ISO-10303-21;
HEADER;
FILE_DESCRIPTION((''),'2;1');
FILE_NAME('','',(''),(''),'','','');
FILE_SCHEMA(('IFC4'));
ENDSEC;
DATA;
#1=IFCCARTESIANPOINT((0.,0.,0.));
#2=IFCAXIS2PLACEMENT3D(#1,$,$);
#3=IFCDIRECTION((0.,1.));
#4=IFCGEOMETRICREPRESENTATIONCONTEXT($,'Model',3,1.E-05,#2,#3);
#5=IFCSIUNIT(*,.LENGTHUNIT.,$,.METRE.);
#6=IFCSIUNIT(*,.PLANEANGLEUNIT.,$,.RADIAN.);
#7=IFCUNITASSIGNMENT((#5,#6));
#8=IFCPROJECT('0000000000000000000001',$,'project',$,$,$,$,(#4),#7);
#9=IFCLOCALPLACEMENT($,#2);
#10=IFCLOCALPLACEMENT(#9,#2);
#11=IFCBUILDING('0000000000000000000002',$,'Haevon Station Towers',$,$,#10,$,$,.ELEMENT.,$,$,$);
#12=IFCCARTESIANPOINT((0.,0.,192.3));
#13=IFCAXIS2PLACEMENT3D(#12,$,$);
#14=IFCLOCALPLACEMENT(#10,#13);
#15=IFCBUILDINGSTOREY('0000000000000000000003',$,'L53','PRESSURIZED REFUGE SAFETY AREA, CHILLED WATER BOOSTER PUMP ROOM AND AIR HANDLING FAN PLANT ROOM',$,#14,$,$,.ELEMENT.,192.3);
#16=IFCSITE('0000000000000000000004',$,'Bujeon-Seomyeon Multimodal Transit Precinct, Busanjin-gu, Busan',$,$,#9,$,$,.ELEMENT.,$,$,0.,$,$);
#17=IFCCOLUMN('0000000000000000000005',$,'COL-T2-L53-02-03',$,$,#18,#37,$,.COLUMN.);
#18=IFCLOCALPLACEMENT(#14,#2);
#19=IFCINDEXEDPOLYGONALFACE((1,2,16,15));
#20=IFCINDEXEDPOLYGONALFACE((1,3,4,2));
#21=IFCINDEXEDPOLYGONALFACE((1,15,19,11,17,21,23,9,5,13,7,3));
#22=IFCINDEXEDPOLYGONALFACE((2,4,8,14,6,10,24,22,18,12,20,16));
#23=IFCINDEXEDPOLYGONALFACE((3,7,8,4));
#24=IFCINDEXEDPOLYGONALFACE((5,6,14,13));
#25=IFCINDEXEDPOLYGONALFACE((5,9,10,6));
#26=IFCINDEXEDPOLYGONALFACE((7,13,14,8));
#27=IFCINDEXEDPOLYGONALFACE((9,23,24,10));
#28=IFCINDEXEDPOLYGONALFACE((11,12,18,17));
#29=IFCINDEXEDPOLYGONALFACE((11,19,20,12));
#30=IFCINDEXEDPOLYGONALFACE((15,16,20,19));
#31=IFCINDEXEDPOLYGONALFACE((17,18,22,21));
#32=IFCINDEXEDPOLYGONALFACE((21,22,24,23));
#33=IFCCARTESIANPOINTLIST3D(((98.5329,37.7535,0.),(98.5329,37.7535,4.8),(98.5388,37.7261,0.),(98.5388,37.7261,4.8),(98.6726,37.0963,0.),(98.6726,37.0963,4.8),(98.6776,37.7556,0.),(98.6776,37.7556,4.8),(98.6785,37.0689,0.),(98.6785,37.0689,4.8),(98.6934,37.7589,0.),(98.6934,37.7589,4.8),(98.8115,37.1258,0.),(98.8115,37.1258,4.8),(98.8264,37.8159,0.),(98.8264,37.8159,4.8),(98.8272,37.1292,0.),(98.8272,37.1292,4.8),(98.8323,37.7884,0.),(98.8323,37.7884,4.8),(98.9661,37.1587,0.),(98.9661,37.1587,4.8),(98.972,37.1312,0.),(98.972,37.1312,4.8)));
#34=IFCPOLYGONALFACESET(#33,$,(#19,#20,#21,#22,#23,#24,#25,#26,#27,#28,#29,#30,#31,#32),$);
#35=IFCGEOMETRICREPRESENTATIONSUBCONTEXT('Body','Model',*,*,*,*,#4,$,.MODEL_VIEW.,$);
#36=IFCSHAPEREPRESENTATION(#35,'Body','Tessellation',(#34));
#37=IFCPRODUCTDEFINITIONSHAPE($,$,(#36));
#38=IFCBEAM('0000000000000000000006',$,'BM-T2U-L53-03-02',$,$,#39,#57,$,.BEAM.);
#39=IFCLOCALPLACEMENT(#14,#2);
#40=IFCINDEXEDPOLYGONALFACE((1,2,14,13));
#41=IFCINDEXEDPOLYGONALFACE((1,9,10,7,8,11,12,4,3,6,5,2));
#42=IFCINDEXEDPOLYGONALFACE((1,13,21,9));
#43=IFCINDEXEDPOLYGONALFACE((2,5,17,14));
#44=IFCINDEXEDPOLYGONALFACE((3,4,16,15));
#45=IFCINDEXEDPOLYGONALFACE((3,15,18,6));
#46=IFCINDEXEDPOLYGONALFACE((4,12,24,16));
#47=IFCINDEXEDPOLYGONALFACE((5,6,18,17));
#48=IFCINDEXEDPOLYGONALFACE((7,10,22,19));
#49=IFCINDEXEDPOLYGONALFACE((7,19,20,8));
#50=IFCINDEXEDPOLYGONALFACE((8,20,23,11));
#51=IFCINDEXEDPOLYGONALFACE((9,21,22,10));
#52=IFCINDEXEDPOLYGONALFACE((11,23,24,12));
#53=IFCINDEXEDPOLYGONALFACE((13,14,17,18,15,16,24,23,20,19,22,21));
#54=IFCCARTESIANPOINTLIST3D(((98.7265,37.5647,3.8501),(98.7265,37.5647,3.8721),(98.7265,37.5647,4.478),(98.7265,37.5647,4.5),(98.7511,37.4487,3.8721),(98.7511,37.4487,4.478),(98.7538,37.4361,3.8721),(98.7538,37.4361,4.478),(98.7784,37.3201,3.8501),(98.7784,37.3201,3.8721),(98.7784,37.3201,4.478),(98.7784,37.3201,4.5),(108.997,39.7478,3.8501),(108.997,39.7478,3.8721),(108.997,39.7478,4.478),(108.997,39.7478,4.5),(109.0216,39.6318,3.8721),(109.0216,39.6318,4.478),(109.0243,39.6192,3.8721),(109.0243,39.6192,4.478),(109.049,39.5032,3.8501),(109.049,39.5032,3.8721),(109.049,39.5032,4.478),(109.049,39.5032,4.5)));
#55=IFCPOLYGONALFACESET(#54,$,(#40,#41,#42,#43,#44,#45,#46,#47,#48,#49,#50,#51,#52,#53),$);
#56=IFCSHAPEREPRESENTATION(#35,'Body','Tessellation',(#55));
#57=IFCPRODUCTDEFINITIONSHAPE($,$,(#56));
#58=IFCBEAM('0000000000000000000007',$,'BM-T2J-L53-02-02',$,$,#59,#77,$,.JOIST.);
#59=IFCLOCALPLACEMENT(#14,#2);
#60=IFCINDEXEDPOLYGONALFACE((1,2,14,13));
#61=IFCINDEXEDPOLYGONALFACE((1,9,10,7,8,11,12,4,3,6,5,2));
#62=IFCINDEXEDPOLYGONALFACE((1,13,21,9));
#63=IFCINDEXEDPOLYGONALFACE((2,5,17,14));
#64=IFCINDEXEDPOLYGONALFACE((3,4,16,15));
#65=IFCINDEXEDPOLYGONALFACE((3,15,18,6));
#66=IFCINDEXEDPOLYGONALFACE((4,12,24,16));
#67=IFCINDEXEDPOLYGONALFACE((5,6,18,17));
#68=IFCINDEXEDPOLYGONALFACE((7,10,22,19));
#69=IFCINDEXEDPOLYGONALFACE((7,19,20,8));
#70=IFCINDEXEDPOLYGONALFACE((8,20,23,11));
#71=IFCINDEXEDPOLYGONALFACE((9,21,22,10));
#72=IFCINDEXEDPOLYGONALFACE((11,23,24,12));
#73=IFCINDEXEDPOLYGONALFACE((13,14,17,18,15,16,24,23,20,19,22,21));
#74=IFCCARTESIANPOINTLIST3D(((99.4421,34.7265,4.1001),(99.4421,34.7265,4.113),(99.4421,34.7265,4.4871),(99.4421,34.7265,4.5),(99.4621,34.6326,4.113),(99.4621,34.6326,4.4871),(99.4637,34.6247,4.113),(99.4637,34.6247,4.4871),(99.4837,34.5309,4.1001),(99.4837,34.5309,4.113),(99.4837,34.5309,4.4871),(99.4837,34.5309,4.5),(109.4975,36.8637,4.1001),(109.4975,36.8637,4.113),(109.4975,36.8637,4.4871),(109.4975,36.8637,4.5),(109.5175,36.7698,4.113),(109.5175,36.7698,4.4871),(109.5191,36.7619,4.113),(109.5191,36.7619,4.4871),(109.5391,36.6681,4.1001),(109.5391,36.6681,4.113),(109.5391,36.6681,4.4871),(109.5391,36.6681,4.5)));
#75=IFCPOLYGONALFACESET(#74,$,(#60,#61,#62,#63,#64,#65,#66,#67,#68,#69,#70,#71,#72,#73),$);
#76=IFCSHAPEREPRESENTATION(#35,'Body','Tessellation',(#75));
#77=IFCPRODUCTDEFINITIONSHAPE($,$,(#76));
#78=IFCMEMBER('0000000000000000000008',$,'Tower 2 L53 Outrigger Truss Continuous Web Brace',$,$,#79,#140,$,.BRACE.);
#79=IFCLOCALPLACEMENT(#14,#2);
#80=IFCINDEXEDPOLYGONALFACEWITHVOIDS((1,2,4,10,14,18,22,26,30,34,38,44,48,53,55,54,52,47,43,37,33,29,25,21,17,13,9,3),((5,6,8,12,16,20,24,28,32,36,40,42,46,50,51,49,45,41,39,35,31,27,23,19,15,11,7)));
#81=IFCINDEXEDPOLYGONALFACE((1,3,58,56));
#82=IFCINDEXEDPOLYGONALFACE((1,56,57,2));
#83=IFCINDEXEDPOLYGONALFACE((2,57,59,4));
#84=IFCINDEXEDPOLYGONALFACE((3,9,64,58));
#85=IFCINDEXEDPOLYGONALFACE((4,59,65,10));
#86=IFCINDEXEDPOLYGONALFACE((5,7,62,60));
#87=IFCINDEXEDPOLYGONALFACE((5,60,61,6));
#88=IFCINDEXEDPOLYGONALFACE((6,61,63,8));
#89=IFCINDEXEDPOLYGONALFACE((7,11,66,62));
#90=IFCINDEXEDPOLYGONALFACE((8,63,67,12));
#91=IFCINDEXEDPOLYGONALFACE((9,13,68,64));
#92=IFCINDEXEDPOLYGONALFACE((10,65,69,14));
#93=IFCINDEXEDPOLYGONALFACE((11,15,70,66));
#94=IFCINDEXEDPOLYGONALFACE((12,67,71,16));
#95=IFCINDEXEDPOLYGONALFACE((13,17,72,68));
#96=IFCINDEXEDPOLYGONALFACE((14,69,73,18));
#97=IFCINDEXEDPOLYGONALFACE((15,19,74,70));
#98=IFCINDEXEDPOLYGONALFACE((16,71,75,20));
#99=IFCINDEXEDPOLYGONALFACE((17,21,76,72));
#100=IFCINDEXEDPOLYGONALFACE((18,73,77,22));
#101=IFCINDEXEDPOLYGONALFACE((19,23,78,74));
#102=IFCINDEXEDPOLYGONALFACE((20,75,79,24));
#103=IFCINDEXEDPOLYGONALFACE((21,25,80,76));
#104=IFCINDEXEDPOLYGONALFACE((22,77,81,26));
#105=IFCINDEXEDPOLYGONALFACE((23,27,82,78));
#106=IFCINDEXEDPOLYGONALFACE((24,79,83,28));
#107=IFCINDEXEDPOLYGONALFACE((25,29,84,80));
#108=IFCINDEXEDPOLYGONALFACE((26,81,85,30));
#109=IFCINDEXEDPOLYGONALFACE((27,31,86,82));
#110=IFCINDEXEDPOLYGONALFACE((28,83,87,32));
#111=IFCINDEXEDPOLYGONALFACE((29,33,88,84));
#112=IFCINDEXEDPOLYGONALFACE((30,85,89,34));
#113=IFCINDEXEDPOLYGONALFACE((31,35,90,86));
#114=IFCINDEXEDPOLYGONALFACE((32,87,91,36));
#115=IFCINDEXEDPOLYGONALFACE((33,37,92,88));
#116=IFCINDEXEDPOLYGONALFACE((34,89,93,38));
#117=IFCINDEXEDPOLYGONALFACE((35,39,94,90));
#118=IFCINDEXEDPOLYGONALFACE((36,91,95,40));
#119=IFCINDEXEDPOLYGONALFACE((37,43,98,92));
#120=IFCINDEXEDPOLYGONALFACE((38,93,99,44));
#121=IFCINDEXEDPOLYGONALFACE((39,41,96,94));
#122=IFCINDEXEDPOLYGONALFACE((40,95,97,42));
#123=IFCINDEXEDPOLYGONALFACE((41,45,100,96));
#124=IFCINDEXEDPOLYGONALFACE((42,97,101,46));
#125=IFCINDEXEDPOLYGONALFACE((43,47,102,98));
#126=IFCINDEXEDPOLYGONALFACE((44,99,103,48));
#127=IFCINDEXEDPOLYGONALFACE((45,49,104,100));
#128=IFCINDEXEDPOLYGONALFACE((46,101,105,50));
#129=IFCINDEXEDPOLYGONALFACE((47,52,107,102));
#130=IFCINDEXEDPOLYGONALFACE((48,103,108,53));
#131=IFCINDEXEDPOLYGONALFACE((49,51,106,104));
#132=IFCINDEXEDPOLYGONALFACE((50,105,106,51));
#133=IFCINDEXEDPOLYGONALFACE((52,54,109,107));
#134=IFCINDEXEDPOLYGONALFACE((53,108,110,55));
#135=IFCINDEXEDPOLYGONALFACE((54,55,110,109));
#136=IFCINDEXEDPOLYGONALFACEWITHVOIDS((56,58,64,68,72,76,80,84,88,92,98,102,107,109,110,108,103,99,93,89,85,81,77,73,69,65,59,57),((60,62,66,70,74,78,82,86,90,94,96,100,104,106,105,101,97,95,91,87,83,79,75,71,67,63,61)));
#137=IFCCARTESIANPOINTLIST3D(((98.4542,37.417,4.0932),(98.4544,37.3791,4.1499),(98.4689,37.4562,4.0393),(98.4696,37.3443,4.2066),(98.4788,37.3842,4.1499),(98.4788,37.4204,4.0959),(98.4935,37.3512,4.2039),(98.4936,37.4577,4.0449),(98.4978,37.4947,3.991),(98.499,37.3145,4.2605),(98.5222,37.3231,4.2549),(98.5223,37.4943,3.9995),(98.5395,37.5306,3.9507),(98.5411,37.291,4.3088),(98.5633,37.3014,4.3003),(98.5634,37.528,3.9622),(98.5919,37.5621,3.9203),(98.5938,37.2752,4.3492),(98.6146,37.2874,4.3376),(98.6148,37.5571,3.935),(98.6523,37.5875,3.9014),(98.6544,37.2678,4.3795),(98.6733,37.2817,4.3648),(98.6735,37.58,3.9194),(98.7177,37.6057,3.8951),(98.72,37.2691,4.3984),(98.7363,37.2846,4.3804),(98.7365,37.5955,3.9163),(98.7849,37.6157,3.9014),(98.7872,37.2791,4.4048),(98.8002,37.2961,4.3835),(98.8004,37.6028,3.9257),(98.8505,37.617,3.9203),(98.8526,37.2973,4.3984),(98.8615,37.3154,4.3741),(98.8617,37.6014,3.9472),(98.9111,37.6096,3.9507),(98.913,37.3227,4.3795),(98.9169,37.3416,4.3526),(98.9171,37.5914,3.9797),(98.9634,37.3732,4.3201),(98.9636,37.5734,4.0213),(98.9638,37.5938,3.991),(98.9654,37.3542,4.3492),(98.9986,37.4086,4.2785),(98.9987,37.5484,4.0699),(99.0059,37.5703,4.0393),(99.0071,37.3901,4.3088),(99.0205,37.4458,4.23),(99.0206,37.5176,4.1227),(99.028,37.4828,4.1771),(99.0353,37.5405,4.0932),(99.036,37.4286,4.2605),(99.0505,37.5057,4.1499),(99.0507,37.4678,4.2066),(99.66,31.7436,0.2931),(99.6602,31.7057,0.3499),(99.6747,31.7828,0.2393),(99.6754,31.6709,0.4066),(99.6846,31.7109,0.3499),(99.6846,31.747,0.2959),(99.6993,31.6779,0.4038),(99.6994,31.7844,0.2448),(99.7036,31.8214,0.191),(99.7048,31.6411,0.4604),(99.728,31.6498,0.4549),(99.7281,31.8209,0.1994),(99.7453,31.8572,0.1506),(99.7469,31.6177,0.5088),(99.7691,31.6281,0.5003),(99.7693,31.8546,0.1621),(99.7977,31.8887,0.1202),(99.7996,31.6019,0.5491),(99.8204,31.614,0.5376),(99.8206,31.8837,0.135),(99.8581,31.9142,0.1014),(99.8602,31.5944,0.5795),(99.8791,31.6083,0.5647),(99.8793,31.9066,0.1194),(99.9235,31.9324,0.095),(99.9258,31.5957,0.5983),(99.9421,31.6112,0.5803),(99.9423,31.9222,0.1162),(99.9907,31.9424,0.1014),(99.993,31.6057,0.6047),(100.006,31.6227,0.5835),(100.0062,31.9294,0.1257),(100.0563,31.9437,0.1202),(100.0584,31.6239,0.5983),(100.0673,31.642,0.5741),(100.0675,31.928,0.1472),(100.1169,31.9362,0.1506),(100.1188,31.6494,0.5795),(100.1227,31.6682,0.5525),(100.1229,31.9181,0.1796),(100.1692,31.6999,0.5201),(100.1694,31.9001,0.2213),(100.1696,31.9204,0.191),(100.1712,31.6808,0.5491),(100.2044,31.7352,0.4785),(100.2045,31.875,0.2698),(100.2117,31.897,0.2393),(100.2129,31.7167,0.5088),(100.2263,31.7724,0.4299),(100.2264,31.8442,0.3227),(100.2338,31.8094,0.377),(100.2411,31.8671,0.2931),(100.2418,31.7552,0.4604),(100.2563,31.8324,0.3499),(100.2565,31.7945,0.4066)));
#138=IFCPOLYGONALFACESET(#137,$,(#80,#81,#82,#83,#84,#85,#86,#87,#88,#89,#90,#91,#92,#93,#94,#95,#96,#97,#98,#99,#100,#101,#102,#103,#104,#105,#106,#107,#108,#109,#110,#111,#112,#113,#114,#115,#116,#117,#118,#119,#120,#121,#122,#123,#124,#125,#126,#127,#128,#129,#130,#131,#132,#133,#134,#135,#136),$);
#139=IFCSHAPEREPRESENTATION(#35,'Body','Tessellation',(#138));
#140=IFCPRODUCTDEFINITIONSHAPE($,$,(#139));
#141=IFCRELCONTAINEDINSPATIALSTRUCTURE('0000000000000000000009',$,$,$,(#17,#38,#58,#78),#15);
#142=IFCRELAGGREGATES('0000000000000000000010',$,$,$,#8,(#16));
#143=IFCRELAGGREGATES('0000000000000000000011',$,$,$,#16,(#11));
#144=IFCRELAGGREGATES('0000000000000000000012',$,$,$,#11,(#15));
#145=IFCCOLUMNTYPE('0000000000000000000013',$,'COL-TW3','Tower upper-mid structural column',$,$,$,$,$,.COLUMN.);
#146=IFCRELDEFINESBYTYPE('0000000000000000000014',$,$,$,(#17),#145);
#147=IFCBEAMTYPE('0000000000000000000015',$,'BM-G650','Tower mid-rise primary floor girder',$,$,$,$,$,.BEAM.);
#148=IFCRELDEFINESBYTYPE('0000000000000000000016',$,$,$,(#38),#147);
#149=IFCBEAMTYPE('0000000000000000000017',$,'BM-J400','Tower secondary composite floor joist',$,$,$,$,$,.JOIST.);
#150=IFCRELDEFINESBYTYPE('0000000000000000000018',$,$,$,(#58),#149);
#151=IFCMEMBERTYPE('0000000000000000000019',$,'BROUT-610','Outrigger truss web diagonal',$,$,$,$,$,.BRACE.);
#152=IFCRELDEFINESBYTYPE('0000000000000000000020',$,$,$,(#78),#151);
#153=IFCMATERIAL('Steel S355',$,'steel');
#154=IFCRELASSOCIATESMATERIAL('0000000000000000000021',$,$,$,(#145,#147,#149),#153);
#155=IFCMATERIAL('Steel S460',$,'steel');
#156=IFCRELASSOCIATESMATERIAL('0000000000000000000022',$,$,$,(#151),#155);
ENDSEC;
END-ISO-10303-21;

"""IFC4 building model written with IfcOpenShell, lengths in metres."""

from ifc_helpers import new_model, si_unit, direction, frame, origin, origin_2d, place, context, subcontext, project, spatial, hollow_circle, i_section, extrude, material, material_profile, profile_set, type_object, element, save


model = new_model("IFC4")

# Units and contexts
model_context = context("Model", 3, precision=1e-05, world=origin(), true_north=direction((0.0, 1.0)))
body_context = subcontext(model_context, "Body", "Model", "MODEL_VIEW")
ifc_project = project(units=[si_unit("LENGTHUNIT", "METRE"), si_unit("PLANEANGLEUNIT", "RADIAN")], contexts=[model_context])

# Site, building, storey
site_placement = place(None, origin())
site = spatial("IfcSite", under=ifc_project, at=site_placement, Name="Bujeon-Seomyeon Multimodal Transit Precinct, Busanjin-gu, Busan", CompositionType="ELEMENT", RefElevation=0.0)
building_placement = place(site_placement, origin())
building = spatial("IfcBuilding", under=site, at=building_placement, Name="Haevon Station Towers", CompositionType="ELEMENT")
storey_placement = place(building_placement, frame((0.0, 0.0, 192.3)))
storey = spatial("IfcBuildingStorey", under=building, at=storey_placement, Name="L53", Description="PRESSURIZED REFUGE SAFETY AREA, CHILLED WATER BOOSTER PUMP ROOM AND AIR HANDLING FAN PLANT ROOM", CompositionType="ELEMENT", Elevation=192.3)

# Column
ifc_material_1 = material(Name="Steel S355", Category="steel")
ifc_material_profile_1 = material_profile(ifc_material_1, i_section(OverallWidth=0.3, OverallDepth=0.7, WebThickness=0.0161, FlangeThickness=0.0281, at=origin_2d()), Name="H-700x300x16x28")
ifc_profile_set_1 = profile_set([ifc_material_profile_1], Name="Steel S355")
column_type = type_object("IfcColumnType", Name="COL-TW3", Description="Tower upper-mid structural column", PredefinedType="COLUMN", material=ifc_profile_set_1)
column_placement = place(storey_placement, frame((98.7524, 37.4424, 0.0), z_axis=(0.0, 0.0, 1.0), x_axis=(0.978148, 0.207912, 0.0)))
element("IfcColumn", 1, at=column_placement, inside=storey, type_object=column_type, Name="COL-T2-L53-02-03", PredefinedType="COLUMN", context=body_context, shape_type="SweptSolid", body=[
    extrude(i_section(OverallWidth=0.3, OverallDepth=0.7, WebThickness=0.0161, FlangeThickness=0.0281, at=origin_2d()), origin(), (0.0, 0.0, 1.0), 4.8),
])

# Beams
ifc_material_profile_2 = material_profile(ifc_material_1, i_section(OverallWidth=0.25, OverallDepth=0.6499, WebThickness=0.0129, FlangeThickness=0.022, at=origin_2d()), Name="H-650x250x13x22")
ifc_profile_set_2 = profile_set([ifc_material_profile_2], Name="Steel S355")
beam_type_1 = type_object("IfcBeamType", Name="BM-G650", Description="Tower mid-rise primary floor girder", PredefinedType="BEAM", material=ifc_profile_set_2)
beam_1_placement = place(storey_placement, frame((98.7524, 37.4424, 4.175), z_axis=(0.978147, 0.207915, 0.0), x_axis=(-0.207915, 0.978147, 0.0)))
element("IfcBeam", 2, at=beam_1_placement, inside=storey, type_object=beam_type_1, Name="BM-T2U-L53-03-02", PredefinedType="BEAM", context=body_context, shape_type="SweptSolid", body=[
    extrude(i_section(OverallWidth=0.25, OverallDepth=0.6499, WebThickness=0.0129, FlangeThickness=0.022, at=origin_2d()), origin(), (0.0, 0.0, 1.0), 10.5),
])
ifc_material_profile_3 = material_profile(ifc_material_1, i_section(OverallWidth=0.2, OverallDepth=0.3999, WebThickness=0.0081, FlangeThickness=0.0129, at=origin_2d()), Name="H-400x200x8x13")
ifc_profile_set_3 = profile_set([ifc_material_profile_3], Name="Steel S355")
beam_type_2 = type_object("IfcBeamType", Name="BM-J400", Description="Tower secondary composite floor joist", PredefinedType="JOIST", material=ifc_profile_set_3)
beam_2_placement = place(storey_placement, frame((99.4629, 34.6287, 4.3), z_axis=(0.97815, 0.207899, 0.0), x_axis=(-0.207899, 0.97815, 0.0)))
element("IfcBeam", 3, at=beam_2_placement, inside=storey, type_object=beam_type_2, Name="BM-T2J-L53-02-02", PredefinedType="JOIST", context=body_context, shape_type="SweptSolid", body=[
    extrude(i_section(OverallWidth=0.2, OverallDepth=0.3999, WebThickness=0.0081, FlangeThickness=0.0129, at=origin_2d()), origin(), (0.0, 0.0, 1.0), 10.28),
])

# Member
ifc_material_2 = material(Name="Steel S460", Category="steel")
ifc_material_profile_4 = material_profile(ifc_material_2, hollow_circle(Radius=0.3047, WallThickness=0.0249, at=origin_2d()), Name="CHS-609.6x25")
ifc_profile_set_4 = profile_set([ifc_material_profile_4], Name="Steel S460")
member_type = type_object("IfcMemberType", Name="BROUT-610", Description="Outrigger truss web diagonal", PredefinedType="BRACE", material=ifc_profile_set_4)
member_1_placement = place(storey_placement, frame((99.9583, 31.769, 0.3499), z_axis=(-0.173897, 0.818185, 0.548027), x_axis=(-0.978151, -0.207896, 0.0)))
element("IfcMember", 4, at=member_1_placement, inside=storey, type_object=member_type, Name="Tower 2 L53 Outrigger Truss Continuous Web Brace", PredefinedType="BRACE", context=body_context, shape_type="SweptSolid", body=[
    extrude(hollow_circle(Radius=0.3047, WallThickness=0.0249, at=origin_2d()), origin(), (0.0, 0.0, 1.0), 6.9341),
])

save(model, "model.ifc")
